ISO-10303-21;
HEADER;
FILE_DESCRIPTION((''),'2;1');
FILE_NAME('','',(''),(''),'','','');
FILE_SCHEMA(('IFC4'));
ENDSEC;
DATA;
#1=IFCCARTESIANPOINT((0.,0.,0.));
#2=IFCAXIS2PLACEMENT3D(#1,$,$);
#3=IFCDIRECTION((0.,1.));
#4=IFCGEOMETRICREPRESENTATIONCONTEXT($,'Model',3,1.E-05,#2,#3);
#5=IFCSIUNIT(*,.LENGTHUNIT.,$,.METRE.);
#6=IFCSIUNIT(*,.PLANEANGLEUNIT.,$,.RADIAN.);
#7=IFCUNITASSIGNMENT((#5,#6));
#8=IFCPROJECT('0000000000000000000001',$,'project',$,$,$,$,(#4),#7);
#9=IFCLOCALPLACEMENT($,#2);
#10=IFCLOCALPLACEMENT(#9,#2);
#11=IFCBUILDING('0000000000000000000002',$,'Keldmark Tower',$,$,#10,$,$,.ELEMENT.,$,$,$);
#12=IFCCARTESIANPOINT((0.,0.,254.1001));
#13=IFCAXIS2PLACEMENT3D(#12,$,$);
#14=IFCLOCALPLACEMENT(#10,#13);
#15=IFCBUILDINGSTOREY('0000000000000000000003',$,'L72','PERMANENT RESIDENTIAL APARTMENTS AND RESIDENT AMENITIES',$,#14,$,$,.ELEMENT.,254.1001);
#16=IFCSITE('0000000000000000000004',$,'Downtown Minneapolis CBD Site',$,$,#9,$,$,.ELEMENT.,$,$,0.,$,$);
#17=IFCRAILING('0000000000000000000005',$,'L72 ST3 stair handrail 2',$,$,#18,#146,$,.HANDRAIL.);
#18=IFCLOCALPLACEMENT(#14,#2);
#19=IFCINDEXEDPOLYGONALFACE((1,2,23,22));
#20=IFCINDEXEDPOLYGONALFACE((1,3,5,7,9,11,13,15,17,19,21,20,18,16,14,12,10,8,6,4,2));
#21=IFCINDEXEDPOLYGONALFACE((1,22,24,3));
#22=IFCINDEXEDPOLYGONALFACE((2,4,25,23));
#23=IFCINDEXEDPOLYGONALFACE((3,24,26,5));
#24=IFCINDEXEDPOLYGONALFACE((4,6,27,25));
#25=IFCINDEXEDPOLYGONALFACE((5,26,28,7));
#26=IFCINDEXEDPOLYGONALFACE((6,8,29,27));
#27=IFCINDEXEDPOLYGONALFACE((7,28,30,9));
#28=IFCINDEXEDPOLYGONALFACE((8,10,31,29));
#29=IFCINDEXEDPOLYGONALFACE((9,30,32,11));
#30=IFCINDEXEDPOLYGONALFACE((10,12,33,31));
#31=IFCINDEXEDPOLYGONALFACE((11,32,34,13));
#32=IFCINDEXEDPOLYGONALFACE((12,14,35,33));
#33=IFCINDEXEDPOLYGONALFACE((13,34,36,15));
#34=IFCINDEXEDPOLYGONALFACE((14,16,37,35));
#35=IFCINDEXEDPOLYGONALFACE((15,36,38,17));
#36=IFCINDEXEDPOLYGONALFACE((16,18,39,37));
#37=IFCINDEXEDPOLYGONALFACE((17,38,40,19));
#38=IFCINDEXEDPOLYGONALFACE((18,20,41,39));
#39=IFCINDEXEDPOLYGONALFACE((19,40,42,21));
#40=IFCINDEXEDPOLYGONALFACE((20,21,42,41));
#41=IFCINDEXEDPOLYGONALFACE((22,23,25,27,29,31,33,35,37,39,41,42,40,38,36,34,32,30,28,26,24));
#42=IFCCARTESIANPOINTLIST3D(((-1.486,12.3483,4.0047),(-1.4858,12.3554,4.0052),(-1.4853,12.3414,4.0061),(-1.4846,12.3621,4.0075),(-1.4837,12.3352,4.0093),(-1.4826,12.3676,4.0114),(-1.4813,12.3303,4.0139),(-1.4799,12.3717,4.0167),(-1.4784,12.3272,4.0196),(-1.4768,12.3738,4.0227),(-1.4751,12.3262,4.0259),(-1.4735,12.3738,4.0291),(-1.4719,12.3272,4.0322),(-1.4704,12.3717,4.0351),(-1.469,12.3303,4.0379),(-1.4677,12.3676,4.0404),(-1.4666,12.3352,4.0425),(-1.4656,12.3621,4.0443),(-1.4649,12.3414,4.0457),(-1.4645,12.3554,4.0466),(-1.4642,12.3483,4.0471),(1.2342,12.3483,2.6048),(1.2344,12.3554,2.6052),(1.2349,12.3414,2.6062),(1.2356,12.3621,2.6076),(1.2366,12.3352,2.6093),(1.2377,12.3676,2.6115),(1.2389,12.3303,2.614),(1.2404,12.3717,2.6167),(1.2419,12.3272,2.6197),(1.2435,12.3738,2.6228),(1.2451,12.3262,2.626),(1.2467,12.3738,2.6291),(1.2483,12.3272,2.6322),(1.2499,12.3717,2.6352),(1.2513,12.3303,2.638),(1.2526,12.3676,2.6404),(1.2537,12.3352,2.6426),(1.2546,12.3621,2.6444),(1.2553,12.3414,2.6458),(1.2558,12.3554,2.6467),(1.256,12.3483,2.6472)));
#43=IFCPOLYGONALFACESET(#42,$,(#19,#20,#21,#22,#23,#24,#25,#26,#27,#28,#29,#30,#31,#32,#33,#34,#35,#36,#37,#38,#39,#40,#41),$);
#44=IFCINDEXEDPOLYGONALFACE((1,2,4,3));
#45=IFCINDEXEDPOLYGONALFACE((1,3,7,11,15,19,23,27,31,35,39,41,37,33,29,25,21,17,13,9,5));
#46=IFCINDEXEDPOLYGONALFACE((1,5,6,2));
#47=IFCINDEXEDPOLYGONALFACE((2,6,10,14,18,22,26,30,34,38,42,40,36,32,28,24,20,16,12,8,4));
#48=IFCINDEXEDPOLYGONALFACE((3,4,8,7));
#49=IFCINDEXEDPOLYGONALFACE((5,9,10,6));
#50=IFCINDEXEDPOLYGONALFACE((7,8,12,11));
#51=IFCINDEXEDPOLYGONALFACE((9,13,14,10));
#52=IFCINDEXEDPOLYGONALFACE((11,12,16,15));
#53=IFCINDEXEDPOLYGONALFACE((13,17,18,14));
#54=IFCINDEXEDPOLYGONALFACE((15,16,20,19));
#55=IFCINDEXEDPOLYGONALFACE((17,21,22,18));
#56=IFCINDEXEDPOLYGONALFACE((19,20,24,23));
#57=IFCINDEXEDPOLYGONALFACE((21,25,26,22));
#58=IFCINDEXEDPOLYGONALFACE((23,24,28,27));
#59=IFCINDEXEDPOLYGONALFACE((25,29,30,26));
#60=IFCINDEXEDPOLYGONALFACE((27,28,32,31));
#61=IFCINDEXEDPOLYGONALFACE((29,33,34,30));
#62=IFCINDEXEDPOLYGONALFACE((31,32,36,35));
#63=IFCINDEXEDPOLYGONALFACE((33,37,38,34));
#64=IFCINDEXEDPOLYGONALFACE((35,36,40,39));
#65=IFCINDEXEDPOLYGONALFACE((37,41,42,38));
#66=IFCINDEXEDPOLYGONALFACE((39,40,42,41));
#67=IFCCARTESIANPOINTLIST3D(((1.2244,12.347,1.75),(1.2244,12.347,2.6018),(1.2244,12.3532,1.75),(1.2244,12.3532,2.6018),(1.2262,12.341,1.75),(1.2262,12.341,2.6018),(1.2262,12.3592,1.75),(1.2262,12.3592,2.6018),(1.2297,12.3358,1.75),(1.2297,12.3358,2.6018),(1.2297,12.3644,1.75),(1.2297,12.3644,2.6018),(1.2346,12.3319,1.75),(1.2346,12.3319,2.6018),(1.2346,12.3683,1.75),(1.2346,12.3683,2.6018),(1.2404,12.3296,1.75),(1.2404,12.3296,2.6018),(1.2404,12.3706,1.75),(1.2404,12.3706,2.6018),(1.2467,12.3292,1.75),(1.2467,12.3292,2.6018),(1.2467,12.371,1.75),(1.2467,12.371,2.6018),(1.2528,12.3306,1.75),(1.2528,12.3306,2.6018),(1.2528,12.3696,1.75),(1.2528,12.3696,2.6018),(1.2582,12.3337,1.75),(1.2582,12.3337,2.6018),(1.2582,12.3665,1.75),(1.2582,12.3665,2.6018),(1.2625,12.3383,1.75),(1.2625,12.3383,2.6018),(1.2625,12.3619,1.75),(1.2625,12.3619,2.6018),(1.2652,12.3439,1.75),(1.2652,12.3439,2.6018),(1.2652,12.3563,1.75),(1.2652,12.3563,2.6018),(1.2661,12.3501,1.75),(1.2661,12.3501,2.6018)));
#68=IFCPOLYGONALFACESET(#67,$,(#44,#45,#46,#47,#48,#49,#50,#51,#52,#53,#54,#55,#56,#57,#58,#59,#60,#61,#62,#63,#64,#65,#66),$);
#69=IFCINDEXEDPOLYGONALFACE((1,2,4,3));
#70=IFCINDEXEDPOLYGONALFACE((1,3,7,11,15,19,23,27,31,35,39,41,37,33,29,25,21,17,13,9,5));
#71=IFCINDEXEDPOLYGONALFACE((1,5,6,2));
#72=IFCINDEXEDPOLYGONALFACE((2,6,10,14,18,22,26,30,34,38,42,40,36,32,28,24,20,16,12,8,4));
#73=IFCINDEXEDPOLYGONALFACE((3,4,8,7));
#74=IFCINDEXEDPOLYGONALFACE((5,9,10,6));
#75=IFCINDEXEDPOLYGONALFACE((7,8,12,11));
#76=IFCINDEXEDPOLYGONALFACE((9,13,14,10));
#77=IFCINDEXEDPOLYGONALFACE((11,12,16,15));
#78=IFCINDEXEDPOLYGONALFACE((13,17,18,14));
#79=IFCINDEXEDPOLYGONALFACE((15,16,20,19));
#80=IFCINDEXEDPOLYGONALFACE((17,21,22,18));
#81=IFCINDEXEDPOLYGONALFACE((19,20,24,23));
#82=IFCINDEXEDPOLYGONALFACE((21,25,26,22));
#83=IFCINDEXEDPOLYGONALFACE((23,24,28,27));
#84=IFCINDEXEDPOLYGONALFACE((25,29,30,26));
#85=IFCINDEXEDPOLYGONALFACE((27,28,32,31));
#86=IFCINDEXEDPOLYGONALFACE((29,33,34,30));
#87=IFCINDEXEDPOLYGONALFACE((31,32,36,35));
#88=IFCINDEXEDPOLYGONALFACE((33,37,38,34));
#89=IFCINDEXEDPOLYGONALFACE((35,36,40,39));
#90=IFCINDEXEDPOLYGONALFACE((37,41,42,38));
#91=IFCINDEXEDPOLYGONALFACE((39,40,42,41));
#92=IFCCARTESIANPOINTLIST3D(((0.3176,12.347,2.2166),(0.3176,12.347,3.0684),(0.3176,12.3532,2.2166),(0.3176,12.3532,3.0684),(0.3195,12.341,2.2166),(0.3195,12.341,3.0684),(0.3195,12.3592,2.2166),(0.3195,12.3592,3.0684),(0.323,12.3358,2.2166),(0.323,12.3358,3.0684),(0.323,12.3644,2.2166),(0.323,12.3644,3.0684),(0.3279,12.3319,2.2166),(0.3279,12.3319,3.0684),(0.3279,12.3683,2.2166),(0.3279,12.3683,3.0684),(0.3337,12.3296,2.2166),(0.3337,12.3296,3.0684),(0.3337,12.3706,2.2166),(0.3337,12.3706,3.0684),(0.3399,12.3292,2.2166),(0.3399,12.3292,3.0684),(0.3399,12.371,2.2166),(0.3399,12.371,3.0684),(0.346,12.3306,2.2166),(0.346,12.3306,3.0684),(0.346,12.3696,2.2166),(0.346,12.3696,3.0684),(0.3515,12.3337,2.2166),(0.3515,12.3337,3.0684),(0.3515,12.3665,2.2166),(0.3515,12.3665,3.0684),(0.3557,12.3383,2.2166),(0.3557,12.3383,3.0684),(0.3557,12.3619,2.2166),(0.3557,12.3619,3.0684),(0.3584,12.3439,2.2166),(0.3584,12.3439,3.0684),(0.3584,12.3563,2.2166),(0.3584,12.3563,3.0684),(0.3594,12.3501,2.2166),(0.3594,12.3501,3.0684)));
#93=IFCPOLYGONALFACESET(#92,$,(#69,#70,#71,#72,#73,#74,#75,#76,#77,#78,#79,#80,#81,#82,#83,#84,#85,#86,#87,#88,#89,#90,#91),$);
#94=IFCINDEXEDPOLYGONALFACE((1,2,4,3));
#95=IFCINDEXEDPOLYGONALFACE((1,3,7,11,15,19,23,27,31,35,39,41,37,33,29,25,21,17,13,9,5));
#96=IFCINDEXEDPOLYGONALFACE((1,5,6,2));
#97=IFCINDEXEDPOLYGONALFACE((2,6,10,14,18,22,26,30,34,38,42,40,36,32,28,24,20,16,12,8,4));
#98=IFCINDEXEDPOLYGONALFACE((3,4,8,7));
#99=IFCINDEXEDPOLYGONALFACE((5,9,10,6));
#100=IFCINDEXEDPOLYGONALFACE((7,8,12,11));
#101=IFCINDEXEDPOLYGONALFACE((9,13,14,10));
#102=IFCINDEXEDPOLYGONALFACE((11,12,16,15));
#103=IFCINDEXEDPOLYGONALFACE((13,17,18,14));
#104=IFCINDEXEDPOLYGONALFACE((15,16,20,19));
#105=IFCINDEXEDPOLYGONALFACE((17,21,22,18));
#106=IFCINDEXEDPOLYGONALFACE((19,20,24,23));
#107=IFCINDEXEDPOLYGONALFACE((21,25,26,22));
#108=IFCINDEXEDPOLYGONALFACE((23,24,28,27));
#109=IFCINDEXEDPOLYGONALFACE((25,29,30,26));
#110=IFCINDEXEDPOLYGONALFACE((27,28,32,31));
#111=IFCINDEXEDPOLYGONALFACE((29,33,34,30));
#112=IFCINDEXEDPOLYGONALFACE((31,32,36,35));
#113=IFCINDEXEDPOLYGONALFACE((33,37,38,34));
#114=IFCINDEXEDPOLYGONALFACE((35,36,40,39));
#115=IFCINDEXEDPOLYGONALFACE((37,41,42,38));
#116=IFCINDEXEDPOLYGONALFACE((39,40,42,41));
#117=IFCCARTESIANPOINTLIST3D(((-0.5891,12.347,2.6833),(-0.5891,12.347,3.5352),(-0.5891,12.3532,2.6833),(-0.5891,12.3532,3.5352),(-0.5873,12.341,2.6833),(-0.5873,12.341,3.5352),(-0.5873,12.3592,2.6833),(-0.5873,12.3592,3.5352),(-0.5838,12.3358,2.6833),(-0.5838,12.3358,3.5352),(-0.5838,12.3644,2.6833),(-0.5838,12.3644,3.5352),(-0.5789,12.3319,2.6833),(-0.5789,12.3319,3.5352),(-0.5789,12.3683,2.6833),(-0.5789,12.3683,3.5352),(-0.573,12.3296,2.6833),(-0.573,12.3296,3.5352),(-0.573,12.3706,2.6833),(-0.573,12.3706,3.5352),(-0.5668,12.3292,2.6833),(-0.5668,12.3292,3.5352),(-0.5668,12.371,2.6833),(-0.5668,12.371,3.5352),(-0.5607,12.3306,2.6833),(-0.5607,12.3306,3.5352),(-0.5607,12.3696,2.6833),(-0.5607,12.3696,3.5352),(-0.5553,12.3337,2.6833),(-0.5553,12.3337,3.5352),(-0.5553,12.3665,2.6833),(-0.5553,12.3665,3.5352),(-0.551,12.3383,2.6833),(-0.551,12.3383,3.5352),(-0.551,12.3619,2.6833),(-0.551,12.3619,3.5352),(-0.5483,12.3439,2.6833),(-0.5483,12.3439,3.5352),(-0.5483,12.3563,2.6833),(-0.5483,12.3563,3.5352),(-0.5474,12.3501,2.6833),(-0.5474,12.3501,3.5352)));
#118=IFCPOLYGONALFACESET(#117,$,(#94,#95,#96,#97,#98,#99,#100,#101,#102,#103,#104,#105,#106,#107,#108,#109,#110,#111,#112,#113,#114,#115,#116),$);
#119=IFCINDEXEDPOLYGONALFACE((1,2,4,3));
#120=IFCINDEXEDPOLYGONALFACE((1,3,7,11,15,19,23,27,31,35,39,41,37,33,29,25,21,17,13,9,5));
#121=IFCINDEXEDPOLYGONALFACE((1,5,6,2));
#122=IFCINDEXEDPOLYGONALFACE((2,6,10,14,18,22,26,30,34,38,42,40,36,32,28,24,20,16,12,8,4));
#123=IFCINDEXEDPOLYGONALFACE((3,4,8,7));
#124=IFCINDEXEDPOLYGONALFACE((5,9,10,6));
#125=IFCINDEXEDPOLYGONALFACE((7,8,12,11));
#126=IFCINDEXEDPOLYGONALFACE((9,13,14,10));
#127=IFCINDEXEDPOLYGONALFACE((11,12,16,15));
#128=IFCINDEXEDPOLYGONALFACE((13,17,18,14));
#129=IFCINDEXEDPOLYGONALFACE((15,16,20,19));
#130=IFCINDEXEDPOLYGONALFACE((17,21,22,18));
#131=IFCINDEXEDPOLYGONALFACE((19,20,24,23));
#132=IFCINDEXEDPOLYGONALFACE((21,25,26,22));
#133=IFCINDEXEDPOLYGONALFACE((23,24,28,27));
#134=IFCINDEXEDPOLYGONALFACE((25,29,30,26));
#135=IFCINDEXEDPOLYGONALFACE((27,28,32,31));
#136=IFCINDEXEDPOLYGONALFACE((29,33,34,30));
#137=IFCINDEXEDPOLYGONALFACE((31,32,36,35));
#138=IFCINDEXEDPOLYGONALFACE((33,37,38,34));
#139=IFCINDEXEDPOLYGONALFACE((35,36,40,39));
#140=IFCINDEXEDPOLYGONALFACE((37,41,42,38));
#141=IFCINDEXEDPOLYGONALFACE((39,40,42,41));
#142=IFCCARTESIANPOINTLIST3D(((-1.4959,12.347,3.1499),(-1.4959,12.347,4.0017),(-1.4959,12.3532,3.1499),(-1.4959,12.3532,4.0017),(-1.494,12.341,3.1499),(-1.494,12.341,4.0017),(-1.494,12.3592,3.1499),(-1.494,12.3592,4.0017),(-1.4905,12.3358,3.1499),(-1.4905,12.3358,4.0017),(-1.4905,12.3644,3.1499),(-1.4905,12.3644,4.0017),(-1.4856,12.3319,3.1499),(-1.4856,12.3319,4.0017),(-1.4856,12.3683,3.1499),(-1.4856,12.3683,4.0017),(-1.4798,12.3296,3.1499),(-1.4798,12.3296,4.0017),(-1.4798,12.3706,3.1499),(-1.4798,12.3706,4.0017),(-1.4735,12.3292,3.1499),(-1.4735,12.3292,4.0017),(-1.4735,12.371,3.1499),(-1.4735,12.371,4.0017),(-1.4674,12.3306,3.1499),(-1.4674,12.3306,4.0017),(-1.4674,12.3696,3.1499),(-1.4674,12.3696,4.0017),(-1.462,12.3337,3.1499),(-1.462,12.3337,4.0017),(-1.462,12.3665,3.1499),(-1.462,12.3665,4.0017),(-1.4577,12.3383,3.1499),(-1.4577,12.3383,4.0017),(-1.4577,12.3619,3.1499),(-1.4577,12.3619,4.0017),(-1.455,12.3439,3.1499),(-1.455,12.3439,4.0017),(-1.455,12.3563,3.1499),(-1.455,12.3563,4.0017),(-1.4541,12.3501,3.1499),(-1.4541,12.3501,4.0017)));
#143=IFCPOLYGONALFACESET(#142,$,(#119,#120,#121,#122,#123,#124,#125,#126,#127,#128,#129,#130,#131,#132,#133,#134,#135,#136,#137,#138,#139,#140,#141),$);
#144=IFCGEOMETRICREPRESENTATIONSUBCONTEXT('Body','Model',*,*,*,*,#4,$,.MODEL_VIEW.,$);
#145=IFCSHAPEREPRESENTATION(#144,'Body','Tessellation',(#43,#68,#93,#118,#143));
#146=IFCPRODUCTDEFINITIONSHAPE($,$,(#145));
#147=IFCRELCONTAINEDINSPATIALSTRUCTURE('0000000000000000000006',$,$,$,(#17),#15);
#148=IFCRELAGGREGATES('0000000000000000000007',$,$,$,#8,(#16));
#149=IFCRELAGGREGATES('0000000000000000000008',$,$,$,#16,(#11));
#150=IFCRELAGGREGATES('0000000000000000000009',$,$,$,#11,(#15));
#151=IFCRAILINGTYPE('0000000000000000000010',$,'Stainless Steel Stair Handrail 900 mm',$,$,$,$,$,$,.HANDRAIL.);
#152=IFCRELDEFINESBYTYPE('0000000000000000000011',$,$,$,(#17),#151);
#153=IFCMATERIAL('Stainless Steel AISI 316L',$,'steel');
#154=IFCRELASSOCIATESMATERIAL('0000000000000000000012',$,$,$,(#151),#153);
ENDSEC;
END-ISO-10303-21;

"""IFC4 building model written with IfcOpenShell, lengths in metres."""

from ifc_helpers import new_model, si_unit, direction, frame, origin, origin_2d, place, context, subcontext, project, spatial, circle, extrude, material, type_object, element, save


model = new_model("IFC4")

# Units and contexts
model_context = context("Model", 3, precision=1e-05, world=origin(), true_north=direction((0.0, 1.0)))
body_context = subcontext(model_context, "Body", "Model", "MODEL_VIEW")
ifc_project = project(units=[si_unit("LENGTHUNIT", "METRE"), si_unit("PLANEANGLEUNIT", "RADIAN")], contexts=[model_context])

# Site, building, storey
site_placement = place(None, origin())
site = spatial("IfcSite", under=ifc_project, at=site_placement, Name="Downtown Minneapolis CBD Site", CompositionType="ELEMENT", RefElevation=0.0)
building_placement = place(site_placement, origin())
building = spatial("IfcBuilding", under=site, at=building_placement, Name="Keldmark Tower", CompositionType="ELEMENT")
storey_placement = place(building_placement, frame((0.0, 0.0, 254.1001)))
storey = spatial("IfcBuildingStorey", under=building, at=storey_placement, Name="L72", Description="PERMANENT RESIDENTIAL APARTMENTS AND RESIDENT AMENITIES", CompositionType="ELEMENT", Elevation=254.1001)

# Railing
ifc_material_1 = material(Name="Stainless Steel AISI 316L", Category="steel")
railing_type_1 = type_object("IfcRailingType", Name="Stainless Steel Stair Handrail 900 mm", PredefinedType="HANDRAIL", material=ifc_material_1)
railing_1_placement = place(storey_placement, frame((1.2451, 12.3501, 1.75)))
element("IfcRailing", 1, at=railing_1_placement, inside=storey, type_object=railing_type_1, Name="L72 ST3 stair handrail 2", PredefinedType="HANDRAIL", context=body_context, shape_type="SweptSolid", body=[
    extrude(circle(Radius=0.0239, at=origin_2d()), frame((0.0, 0.0, 0.876), z_axis=(-0.889164, 0.0, 0.45759), x_axis=(0.0, -1.0, 0.0)), (0.0, 0.0, 1.0), 3.0593),
    extrude(circle(Radius=0.021, at=origin_2d()), origin(), (0.0, 0.0, 1.0), 0.8518),
    extrude(circle(Radius=0.021, at=origin_2d()), frame((-0.9067, 0.0, 0.4666)), (0.0, 0.0, 1.0), 0.8518),
    extrude(circle(Radius=0.021, at=origin_2d()), frame((-1.8135, 0.0, 0.9333)), (0.0, 0.0, 1.0), 0.8518),
    extrude(circle(Radius=0.021, at=origin_2d()), frame((-2.7202, 0.0, 1.3999)), (0.0, 0.0, 1.0), 0.8518),
])

save(model, "model.ifc")
